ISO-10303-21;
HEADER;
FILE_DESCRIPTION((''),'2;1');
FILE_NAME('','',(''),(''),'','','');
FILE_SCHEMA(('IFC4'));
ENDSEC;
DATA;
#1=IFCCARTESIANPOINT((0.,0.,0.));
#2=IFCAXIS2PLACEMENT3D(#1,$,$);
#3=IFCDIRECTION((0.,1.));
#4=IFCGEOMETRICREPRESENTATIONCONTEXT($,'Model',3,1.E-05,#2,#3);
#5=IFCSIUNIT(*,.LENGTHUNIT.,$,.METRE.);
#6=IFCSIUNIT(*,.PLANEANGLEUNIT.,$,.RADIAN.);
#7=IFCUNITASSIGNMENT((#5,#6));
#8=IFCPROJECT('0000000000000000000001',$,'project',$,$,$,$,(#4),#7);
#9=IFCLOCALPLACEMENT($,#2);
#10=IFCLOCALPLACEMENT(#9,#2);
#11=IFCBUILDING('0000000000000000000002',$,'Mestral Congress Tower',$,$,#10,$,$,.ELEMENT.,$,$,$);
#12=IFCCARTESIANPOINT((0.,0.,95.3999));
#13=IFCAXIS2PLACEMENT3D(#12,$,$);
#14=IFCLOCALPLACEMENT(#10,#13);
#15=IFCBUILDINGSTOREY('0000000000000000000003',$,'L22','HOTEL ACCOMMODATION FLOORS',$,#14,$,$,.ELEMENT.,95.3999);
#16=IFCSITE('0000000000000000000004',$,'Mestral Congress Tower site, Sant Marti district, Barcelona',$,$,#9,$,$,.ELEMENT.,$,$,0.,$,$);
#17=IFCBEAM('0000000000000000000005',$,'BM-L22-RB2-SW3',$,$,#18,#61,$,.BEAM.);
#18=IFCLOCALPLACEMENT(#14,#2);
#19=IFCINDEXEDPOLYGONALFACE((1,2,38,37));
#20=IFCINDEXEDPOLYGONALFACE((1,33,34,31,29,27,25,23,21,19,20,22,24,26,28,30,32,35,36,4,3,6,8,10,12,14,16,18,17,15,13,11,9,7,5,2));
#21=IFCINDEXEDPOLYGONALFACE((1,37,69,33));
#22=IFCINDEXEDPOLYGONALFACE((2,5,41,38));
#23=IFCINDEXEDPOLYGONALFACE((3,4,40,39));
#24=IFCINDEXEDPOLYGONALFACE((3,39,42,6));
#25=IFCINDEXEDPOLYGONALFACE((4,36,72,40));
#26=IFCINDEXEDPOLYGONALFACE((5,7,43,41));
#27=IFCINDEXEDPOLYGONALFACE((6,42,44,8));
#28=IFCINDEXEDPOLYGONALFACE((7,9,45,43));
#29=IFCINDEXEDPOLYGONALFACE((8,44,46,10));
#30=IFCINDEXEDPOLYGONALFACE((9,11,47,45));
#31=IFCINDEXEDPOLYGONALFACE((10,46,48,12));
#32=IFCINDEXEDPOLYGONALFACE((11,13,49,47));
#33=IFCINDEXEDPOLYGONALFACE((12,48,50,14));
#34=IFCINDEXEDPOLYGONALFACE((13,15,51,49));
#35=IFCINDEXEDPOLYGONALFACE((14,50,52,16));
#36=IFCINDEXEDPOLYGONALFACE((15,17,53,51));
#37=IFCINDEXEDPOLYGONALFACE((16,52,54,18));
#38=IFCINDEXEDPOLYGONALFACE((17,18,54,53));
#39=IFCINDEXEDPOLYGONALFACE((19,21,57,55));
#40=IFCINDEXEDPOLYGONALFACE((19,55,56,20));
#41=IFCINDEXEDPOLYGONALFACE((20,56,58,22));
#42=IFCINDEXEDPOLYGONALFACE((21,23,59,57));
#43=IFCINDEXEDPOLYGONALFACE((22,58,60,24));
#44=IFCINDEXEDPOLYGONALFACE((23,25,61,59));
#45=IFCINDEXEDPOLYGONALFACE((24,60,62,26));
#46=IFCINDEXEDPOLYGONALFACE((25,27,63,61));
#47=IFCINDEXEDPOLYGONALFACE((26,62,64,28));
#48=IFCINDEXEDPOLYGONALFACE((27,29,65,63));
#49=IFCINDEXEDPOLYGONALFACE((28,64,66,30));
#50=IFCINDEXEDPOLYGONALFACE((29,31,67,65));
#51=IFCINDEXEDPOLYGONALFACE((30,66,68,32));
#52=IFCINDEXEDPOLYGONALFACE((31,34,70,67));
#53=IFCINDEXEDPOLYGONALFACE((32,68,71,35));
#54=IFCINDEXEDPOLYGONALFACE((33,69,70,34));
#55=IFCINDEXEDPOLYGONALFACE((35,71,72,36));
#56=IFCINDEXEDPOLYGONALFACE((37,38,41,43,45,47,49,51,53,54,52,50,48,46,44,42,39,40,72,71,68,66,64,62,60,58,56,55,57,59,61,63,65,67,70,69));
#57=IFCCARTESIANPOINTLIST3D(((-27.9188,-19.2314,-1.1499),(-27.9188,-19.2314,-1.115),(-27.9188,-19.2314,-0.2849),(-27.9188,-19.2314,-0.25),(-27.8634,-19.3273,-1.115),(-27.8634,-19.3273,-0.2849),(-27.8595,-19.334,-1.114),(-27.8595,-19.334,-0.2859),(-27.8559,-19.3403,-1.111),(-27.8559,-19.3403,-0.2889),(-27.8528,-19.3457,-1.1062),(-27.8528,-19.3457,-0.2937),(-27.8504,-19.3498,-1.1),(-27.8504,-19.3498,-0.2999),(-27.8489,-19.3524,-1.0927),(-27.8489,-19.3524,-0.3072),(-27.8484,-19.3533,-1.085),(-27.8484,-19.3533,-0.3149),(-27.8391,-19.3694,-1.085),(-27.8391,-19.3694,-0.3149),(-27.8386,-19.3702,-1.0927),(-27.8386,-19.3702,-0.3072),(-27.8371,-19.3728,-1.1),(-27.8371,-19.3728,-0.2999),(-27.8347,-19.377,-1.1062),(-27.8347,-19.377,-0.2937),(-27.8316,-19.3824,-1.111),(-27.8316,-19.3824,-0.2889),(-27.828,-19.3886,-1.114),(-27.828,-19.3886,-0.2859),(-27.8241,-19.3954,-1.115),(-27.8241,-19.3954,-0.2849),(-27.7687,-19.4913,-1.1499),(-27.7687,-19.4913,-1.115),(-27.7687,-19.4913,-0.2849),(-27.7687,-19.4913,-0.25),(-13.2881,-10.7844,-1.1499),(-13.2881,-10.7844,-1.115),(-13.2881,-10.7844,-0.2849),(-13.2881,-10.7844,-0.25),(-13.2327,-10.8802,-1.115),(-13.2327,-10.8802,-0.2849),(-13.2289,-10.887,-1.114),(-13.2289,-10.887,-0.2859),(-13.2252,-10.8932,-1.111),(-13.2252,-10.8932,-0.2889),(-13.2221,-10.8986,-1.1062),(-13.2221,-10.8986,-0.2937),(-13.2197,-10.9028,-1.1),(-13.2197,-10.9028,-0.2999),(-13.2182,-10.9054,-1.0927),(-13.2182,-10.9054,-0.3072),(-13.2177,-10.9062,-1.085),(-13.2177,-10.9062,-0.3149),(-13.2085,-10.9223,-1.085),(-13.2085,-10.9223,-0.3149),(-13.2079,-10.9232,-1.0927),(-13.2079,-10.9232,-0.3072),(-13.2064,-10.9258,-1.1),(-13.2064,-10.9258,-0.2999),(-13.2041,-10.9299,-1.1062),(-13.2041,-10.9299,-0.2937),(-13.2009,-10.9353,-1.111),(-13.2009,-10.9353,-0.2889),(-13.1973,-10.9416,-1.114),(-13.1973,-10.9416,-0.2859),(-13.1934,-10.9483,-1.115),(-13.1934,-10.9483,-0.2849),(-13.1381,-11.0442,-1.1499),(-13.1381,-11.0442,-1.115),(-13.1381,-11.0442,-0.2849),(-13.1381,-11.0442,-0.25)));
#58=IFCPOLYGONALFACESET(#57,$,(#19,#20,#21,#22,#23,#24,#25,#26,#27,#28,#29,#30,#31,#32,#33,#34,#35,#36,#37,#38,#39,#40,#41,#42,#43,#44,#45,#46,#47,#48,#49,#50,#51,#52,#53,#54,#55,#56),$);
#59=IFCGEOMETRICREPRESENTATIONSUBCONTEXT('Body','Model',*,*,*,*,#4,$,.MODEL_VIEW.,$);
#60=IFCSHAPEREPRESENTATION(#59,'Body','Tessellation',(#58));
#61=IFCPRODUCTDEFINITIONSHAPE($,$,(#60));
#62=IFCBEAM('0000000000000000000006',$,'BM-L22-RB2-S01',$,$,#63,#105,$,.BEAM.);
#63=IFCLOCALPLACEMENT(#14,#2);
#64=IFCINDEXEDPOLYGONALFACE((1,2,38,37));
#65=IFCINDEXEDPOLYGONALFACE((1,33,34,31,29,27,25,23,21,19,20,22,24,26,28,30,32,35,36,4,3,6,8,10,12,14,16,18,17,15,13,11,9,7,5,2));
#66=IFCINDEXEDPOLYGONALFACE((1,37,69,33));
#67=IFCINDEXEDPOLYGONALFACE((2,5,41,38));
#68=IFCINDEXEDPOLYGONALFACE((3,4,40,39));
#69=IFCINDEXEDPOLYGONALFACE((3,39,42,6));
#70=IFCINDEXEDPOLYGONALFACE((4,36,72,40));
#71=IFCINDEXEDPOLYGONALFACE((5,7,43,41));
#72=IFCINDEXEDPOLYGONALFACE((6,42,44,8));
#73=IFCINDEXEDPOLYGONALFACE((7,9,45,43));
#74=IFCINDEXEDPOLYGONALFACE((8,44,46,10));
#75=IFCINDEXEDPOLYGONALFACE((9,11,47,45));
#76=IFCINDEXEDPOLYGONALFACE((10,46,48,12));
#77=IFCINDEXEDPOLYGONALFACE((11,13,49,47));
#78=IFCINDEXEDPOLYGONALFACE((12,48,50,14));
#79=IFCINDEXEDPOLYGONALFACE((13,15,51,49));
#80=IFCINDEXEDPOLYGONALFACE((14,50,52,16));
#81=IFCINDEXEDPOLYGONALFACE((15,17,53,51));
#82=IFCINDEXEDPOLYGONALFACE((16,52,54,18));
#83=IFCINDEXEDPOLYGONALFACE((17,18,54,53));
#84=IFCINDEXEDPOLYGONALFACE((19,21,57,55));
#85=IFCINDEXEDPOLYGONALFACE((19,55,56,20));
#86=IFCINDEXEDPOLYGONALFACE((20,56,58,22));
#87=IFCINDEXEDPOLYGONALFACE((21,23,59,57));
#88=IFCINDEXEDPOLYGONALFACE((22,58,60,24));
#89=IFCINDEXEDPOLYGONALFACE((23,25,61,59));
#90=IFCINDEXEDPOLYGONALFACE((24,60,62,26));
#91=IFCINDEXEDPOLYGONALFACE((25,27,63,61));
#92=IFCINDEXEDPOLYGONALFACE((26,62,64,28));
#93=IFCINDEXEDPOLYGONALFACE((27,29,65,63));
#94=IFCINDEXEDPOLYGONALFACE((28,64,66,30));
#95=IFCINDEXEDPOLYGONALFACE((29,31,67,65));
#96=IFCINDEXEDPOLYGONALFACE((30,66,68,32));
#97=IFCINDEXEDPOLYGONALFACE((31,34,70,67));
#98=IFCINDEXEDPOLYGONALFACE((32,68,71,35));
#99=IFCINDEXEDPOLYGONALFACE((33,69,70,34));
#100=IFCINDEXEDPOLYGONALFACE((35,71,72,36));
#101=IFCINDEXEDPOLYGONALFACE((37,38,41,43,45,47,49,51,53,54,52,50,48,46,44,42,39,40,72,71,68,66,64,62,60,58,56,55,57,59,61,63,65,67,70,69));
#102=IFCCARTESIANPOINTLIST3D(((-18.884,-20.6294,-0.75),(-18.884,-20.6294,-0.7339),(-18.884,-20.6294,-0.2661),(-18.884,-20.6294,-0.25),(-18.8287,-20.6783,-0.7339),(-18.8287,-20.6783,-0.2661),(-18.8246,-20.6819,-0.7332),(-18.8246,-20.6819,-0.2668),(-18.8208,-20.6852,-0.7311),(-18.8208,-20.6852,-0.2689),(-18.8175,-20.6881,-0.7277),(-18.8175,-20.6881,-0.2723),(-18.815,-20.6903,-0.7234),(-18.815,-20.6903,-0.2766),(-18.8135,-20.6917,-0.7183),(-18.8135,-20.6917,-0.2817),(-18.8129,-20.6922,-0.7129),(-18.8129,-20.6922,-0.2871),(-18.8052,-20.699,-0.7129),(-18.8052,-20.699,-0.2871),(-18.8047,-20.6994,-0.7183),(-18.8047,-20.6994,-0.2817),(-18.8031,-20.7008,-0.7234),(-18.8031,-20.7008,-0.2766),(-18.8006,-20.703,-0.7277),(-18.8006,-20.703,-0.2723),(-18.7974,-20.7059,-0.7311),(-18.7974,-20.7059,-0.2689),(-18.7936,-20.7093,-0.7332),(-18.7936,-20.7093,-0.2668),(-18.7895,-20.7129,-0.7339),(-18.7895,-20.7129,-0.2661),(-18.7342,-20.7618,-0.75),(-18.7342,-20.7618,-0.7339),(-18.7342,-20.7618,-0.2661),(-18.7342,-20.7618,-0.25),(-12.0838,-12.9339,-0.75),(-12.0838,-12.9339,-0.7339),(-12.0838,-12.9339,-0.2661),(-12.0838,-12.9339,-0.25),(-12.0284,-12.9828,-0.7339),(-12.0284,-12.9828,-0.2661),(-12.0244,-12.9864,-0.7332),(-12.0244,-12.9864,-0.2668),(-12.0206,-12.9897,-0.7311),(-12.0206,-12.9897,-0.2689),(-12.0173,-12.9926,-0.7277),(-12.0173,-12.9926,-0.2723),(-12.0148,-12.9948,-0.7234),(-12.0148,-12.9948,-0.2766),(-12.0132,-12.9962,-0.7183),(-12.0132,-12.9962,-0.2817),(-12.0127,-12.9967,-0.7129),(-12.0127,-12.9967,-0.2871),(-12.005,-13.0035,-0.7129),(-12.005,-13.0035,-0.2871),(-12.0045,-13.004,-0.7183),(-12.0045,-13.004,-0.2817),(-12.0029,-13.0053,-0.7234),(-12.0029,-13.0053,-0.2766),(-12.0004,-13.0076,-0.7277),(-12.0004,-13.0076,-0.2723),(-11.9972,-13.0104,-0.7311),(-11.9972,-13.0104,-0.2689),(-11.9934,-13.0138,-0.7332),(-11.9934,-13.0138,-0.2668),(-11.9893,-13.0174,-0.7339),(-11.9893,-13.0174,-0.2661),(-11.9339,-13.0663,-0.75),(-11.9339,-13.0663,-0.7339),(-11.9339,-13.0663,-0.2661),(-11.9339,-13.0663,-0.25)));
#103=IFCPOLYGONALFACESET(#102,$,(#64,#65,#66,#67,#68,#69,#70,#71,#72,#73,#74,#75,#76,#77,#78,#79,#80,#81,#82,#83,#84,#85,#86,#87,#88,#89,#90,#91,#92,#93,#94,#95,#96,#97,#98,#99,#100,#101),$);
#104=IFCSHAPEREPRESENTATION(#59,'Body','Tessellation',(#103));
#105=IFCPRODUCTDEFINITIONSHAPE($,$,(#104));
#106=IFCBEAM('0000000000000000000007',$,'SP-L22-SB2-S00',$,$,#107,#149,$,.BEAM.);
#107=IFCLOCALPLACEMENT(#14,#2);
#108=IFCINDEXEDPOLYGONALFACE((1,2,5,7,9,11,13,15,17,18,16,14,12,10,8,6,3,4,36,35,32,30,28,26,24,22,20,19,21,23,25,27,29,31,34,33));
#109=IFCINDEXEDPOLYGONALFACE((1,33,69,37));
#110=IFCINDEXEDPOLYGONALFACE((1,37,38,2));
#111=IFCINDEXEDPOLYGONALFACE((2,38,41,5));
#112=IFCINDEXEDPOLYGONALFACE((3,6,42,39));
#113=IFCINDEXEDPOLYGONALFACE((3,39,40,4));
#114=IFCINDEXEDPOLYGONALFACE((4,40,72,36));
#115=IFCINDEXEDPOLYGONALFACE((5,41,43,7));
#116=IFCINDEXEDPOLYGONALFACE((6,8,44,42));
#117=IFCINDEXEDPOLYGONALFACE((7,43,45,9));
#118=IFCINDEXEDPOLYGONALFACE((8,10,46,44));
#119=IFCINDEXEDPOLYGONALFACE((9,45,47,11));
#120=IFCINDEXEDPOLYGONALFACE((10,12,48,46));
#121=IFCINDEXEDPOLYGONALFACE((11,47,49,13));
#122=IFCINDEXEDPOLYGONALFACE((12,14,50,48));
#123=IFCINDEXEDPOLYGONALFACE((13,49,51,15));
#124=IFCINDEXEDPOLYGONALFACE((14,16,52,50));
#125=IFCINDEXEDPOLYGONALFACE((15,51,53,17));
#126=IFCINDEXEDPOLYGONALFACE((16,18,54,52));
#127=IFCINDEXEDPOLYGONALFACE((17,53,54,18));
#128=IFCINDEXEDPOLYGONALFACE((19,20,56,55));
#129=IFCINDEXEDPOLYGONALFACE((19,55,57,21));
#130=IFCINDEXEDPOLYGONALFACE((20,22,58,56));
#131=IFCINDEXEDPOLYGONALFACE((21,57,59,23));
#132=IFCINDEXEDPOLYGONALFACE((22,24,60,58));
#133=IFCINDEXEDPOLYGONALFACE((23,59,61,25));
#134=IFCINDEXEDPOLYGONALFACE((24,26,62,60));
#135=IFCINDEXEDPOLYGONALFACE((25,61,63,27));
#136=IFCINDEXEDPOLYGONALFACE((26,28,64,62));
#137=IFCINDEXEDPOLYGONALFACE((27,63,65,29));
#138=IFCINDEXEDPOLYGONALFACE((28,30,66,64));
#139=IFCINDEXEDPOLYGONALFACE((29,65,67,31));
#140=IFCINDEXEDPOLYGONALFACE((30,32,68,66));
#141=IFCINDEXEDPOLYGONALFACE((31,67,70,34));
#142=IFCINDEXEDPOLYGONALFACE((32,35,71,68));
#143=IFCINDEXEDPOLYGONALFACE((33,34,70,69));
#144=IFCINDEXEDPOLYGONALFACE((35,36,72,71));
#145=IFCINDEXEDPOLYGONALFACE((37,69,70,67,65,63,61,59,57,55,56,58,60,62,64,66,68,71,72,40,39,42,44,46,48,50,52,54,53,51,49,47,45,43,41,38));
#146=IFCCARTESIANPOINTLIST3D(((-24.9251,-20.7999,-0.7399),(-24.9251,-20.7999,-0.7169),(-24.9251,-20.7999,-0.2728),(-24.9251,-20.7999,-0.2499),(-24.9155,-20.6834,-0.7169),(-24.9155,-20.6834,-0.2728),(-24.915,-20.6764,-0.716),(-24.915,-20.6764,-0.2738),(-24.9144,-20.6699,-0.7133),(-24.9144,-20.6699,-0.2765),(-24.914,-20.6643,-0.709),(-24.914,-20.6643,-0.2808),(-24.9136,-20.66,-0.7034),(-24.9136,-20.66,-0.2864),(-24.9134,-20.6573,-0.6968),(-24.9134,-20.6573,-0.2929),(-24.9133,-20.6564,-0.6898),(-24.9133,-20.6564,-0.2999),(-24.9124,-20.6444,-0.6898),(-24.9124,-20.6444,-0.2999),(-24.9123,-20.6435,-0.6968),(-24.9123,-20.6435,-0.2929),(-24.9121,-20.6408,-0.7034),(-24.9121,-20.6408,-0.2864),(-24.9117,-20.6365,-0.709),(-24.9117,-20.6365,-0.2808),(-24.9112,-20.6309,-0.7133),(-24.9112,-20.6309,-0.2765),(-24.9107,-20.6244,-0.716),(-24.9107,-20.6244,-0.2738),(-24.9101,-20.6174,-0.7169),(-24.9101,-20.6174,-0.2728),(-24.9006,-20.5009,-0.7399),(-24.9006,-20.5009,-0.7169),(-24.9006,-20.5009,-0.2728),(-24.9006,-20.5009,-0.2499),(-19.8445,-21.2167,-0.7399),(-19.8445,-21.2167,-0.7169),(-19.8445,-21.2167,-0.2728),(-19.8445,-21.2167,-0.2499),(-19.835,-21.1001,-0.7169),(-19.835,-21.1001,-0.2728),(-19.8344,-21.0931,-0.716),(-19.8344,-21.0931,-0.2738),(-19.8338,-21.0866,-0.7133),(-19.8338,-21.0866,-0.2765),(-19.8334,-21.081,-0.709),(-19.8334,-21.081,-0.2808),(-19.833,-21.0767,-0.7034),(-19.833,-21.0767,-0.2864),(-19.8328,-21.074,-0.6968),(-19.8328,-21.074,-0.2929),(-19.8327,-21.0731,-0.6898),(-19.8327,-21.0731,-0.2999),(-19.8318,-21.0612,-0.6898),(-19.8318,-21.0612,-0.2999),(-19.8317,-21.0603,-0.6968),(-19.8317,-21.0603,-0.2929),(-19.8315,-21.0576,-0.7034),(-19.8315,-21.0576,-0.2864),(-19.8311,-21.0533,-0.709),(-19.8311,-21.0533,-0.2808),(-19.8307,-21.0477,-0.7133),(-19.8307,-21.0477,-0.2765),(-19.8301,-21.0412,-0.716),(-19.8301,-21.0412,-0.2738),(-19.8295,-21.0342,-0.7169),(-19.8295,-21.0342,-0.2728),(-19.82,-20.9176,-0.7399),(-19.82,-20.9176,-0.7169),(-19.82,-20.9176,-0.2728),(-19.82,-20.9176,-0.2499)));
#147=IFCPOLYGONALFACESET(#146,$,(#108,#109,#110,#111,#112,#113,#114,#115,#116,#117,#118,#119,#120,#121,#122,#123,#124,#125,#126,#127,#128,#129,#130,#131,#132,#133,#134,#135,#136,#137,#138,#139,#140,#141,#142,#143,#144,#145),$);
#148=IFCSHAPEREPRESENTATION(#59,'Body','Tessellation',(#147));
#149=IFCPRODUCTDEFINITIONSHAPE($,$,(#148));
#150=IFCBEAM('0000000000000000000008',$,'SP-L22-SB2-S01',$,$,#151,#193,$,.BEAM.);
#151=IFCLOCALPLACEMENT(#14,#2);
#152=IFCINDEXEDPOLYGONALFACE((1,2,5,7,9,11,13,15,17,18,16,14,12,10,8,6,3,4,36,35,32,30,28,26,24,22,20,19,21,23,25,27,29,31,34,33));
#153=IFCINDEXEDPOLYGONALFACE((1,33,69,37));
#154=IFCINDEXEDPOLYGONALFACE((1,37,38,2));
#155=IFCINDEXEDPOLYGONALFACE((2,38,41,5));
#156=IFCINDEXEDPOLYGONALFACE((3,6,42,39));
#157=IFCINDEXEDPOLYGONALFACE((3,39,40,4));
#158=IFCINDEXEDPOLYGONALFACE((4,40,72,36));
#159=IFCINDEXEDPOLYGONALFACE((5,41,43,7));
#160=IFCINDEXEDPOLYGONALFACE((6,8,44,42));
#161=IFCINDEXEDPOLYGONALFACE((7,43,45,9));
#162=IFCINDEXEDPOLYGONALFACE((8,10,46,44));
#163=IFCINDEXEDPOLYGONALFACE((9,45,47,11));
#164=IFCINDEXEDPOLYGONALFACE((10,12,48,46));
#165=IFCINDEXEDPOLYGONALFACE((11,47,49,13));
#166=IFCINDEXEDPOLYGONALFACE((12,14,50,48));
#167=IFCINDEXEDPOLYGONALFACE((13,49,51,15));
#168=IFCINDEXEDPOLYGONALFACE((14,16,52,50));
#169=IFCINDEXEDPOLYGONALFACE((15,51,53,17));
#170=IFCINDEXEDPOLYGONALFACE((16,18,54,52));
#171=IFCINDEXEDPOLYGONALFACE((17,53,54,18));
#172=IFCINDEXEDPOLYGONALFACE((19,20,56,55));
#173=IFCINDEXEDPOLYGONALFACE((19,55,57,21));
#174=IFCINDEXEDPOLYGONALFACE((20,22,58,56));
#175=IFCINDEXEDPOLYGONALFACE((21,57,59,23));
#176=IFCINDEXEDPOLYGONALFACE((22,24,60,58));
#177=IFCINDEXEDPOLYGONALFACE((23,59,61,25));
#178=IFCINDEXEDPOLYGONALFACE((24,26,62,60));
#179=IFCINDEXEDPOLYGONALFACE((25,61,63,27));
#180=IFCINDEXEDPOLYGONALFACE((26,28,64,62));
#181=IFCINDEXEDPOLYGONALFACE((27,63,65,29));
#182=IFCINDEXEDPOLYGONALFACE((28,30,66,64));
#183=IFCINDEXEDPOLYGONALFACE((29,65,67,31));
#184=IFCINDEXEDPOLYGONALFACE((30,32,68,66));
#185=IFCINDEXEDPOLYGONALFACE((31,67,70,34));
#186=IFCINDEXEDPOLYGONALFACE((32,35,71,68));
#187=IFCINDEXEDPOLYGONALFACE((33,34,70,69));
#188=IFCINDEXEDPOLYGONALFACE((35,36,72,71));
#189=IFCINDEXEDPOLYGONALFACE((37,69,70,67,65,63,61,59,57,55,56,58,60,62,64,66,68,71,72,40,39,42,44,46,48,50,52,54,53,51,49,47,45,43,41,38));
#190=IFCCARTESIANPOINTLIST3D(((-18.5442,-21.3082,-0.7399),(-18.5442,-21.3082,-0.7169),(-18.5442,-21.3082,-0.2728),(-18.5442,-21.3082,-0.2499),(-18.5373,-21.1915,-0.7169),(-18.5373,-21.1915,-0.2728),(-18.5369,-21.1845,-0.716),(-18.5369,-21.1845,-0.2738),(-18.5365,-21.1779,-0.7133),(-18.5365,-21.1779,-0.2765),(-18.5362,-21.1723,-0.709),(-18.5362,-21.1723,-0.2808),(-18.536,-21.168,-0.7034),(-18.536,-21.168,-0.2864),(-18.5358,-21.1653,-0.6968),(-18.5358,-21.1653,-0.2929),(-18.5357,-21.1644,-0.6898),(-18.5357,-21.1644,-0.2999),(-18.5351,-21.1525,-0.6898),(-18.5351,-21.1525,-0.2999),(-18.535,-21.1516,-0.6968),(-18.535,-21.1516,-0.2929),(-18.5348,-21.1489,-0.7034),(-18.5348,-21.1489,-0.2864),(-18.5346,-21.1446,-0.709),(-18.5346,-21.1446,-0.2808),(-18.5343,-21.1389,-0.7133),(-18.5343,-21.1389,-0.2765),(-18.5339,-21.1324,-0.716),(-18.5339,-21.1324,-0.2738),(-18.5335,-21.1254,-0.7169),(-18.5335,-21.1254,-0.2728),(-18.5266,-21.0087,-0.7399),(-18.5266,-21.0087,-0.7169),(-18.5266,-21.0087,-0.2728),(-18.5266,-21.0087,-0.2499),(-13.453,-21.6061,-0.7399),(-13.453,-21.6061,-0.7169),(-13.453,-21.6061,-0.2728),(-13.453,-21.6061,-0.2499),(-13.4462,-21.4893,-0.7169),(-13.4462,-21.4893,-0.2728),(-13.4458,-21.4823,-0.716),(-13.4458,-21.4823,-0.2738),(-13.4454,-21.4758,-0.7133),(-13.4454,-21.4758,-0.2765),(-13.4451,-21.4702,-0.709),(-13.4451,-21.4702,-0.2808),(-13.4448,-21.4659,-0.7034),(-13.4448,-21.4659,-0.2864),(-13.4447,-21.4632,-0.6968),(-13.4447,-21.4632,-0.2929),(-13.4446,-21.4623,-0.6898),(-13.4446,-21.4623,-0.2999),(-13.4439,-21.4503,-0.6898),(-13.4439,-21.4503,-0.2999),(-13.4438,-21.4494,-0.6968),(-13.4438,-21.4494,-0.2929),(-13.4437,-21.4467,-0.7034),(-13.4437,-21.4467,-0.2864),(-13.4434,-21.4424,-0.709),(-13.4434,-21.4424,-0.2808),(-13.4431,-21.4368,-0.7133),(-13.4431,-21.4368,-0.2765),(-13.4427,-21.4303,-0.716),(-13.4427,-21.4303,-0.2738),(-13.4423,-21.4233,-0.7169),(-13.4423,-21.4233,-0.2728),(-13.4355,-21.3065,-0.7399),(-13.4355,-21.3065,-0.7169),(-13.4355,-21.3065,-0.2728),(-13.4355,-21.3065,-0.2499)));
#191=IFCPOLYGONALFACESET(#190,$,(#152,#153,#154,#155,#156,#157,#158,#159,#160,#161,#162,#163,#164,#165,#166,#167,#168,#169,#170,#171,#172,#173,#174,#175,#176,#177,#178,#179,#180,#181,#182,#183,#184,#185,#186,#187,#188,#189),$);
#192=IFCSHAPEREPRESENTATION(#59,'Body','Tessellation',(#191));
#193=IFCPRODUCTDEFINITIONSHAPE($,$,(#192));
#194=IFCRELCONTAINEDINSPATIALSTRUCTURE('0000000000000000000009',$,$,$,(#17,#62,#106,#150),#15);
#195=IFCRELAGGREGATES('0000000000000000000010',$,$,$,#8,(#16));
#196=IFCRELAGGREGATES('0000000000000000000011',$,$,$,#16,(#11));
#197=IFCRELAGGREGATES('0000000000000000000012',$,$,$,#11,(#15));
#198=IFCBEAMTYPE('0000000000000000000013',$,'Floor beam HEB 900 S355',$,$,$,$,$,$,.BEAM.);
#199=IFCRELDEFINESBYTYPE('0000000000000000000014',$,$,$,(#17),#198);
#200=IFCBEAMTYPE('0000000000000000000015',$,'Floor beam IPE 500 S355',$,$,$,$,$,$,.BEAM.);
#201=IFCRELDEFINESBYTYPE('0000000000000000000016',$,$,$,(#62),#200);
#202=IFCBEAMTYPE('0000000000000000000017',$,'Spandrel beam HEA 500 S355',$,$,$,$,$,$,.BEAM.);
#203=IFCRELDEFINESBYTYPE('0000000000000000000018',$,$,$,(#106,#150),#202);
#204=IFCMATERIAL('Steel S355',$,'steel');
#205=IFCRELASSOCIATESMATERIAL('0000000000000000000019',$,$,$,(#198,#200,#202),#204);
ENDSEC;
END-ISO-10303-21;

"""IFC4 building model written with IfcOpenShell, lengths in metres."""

from ifc_helpers import new_model, si_unit, direction, frame, origin, origin_2d, place, context, subcontext, project, spatial, i_section, extrude, material, material_profile, profile_set, type_object, element, save


model = new_model("IFC4")

# Units and contexts
model_context = context("Model", 3, precision=1e-05, world=origin(), true_north=direction((0.0, 1.0)))
body_context = subcontext(model_context, "Body", "Model", "MODEL_VIEW")
ifc_project = project(units=[si_unit("LENGTHUNIT", "METRE"), si_unit("PLANEANGLEUNIT", "RADIAN")], contexts=[model_context])

# Site, building, storey
site_placement = place(None, origin())
site = spatial("IfcSite", under=ifc_project, at=site_placement, Name="Mestral Congress Tower site, Sant Marti district, Barcelona", CompositionType="ELEMENT", RefElevation=0.0)
building_placement = place(site_placement, origin())
building = spatial("IfcBuilding", under=site, at=building_placement, Name="Mestral Congress Tower", CompositionType="ELEMENT")
storey_placement = place(building_placement, frame((0.0, 0.0, 95.3999)))
storey = spatial("IfcBuildingStorey", under=building, at=storey_placement, Name="L22", Description="HOTEL ACCOMMODATION FLOORS", CompositionType="ELEMENT", Elevation=95.3999)

# Beams
ifc_material_1 = material(Name="Steel S355", Category="steel")
ifc_material_profile_1 = material_profile(ifc_material_1, i_section(OverallWidth=0.3, OverallDepth=0.8999, WebThickness=0.0186, FlangeThickness=0.0349, FilletRadius=0.03, at=origin_2d()), Name="HEB 900")
ifc_profile_set_1 = profile_set([ifc_material_profile_1], Name="Steel S355")
beam_type_1 = type_object("IfcBeamType", Name="Floor beam HEB 900 S355", PredefinedType="BEAM", material=ifc_profile_set_1)
beam_1_placement = place(storey_placement, frame((-27.8438, -19.3613, -0.7), z_axis=(0.866025, 0.500001, 0.0), x_axis=(-0.500001, 0.866025, 0.0)))
element("IfcBeam", 1, at=beam_1_placement, inside=storey, type_object=beam_type_1, Name="BM-L22-RB2-SW3", PredefinedType="BEAM", context=body_context, shape_type="SweptSolid", body=[
    extrude(i_section(OverallWidth=0.3, OverallDepth=0.8999, WebThickness=0.0186, FlangeThickness=0.0349, FilletRadius=0.03, at=origin_2d()), origin(), (0.0, 0.0, 1.0), 16.894),
])
ifc_material_profile_2 = material_profile(ifc_material_1, i_section(OverallWidth=0.2, OverallDepth=0.5, WebThickness=0.0103, FlangeThickness=0.0161, FilletRadius=0.021, at=origin_2d()), Name="IPE 500")
ifc_profile_set_2 = profile_set([ifc_material_profile_2], Name="Steel S355")
beam_type_2 = type_object("IfcBeamType", Name="Floor beam IPE 500 S355", PredefinedType="BEAM", material=ifc_profile_set_2)
beam_2_placement = place(storey_placement, frame((-18.8091, -20.6956, -0.5), z_axis=(0.662174, 0.74935, 0.0), x_axis=(-0.74935, 0.662174, 0.0)))
element("IfcBeam", 2, at=beam_2_placement, inside=storey, type_object=beam_type_2, Name="BM-L22-RB2-S01", PredefinedType="BEAM", context=body_context, shape_type="SweptSolid", body=[
    extrude(i_section(OverallWidth=0.2, OverallDepth=0.5, WebThickness=0.0103, FlangeThickness=0.0161, FilletRadius=0.021, at=origin_2d()), origin(), (0.0, 0.0, 1.0), 10.2695),
])
ifc_material_profile_3 = material_profile(ifc_material_1, i_section(OverallWidth=0.3, OverallDepth=0.49, WebThickness=0.012, FlangeThickness=0.0229, FilletRadius=0.0271, at=origin_2d()), Name="HEA 500")
ifc_profile_set_3 = profile_set([ifc_material_profile_3], Name="Steel S355")
beam_type_3 = type_object("IfcBeamType", Name="Spandrel beam HEA 500 S355", PredefinedType="BEAM", material=ifc_profile_set_3)
beam_3_placement = place(storey_placement, frame((-24.9128, -20.6504, -0.4949), z_axis=(0.996653, -0.081753, 0.0), x_axis=(0.081753, 0.996653, 0.0)))
element("IfcBeam", 3, at=beam_3_placement, inside=storey, type_object=beam_type_3, Name="SP-L22-SB2-S00", PredefinedType="BEAM", context=body_context, shape_type="SweptSolid", body=[
    extrude(i_section(OverallWidth=0.3, OverallDepth=0.49, WebThickness=0.012, FlangeThickness=0.0229, FilletRadius=0.0271, at=origin_2d()), origin(), (0.0, 0.0, 1.0), 5.0977),
])
beam_4_placement = place(storey_placement, frame((-18.5354, -21.1584, -0.4949), z_axis=(0.998293, -0.058405, 0.0), x_axis=(0.058405, 0.998293, 0.0)))
element("IfcBeam", 4, at=beam_4_placement, inside=storey, type_object=beam_type_3, Name="SP-L22-SB2-S01", PredefinedType="BEAM", context=body_context, shape_type="SweptSolid", body=[
    extrude(i_section(OverallWidth=0.3, OverallDepth=0.49, WebThickness=0.012, FlangeThickness=0.0229, FilletRadius=0.0271, at=origin_2d()), origin(), (0.0, 0.0, 1.0), 5.0999),
])

save(model, "model.ifc")
